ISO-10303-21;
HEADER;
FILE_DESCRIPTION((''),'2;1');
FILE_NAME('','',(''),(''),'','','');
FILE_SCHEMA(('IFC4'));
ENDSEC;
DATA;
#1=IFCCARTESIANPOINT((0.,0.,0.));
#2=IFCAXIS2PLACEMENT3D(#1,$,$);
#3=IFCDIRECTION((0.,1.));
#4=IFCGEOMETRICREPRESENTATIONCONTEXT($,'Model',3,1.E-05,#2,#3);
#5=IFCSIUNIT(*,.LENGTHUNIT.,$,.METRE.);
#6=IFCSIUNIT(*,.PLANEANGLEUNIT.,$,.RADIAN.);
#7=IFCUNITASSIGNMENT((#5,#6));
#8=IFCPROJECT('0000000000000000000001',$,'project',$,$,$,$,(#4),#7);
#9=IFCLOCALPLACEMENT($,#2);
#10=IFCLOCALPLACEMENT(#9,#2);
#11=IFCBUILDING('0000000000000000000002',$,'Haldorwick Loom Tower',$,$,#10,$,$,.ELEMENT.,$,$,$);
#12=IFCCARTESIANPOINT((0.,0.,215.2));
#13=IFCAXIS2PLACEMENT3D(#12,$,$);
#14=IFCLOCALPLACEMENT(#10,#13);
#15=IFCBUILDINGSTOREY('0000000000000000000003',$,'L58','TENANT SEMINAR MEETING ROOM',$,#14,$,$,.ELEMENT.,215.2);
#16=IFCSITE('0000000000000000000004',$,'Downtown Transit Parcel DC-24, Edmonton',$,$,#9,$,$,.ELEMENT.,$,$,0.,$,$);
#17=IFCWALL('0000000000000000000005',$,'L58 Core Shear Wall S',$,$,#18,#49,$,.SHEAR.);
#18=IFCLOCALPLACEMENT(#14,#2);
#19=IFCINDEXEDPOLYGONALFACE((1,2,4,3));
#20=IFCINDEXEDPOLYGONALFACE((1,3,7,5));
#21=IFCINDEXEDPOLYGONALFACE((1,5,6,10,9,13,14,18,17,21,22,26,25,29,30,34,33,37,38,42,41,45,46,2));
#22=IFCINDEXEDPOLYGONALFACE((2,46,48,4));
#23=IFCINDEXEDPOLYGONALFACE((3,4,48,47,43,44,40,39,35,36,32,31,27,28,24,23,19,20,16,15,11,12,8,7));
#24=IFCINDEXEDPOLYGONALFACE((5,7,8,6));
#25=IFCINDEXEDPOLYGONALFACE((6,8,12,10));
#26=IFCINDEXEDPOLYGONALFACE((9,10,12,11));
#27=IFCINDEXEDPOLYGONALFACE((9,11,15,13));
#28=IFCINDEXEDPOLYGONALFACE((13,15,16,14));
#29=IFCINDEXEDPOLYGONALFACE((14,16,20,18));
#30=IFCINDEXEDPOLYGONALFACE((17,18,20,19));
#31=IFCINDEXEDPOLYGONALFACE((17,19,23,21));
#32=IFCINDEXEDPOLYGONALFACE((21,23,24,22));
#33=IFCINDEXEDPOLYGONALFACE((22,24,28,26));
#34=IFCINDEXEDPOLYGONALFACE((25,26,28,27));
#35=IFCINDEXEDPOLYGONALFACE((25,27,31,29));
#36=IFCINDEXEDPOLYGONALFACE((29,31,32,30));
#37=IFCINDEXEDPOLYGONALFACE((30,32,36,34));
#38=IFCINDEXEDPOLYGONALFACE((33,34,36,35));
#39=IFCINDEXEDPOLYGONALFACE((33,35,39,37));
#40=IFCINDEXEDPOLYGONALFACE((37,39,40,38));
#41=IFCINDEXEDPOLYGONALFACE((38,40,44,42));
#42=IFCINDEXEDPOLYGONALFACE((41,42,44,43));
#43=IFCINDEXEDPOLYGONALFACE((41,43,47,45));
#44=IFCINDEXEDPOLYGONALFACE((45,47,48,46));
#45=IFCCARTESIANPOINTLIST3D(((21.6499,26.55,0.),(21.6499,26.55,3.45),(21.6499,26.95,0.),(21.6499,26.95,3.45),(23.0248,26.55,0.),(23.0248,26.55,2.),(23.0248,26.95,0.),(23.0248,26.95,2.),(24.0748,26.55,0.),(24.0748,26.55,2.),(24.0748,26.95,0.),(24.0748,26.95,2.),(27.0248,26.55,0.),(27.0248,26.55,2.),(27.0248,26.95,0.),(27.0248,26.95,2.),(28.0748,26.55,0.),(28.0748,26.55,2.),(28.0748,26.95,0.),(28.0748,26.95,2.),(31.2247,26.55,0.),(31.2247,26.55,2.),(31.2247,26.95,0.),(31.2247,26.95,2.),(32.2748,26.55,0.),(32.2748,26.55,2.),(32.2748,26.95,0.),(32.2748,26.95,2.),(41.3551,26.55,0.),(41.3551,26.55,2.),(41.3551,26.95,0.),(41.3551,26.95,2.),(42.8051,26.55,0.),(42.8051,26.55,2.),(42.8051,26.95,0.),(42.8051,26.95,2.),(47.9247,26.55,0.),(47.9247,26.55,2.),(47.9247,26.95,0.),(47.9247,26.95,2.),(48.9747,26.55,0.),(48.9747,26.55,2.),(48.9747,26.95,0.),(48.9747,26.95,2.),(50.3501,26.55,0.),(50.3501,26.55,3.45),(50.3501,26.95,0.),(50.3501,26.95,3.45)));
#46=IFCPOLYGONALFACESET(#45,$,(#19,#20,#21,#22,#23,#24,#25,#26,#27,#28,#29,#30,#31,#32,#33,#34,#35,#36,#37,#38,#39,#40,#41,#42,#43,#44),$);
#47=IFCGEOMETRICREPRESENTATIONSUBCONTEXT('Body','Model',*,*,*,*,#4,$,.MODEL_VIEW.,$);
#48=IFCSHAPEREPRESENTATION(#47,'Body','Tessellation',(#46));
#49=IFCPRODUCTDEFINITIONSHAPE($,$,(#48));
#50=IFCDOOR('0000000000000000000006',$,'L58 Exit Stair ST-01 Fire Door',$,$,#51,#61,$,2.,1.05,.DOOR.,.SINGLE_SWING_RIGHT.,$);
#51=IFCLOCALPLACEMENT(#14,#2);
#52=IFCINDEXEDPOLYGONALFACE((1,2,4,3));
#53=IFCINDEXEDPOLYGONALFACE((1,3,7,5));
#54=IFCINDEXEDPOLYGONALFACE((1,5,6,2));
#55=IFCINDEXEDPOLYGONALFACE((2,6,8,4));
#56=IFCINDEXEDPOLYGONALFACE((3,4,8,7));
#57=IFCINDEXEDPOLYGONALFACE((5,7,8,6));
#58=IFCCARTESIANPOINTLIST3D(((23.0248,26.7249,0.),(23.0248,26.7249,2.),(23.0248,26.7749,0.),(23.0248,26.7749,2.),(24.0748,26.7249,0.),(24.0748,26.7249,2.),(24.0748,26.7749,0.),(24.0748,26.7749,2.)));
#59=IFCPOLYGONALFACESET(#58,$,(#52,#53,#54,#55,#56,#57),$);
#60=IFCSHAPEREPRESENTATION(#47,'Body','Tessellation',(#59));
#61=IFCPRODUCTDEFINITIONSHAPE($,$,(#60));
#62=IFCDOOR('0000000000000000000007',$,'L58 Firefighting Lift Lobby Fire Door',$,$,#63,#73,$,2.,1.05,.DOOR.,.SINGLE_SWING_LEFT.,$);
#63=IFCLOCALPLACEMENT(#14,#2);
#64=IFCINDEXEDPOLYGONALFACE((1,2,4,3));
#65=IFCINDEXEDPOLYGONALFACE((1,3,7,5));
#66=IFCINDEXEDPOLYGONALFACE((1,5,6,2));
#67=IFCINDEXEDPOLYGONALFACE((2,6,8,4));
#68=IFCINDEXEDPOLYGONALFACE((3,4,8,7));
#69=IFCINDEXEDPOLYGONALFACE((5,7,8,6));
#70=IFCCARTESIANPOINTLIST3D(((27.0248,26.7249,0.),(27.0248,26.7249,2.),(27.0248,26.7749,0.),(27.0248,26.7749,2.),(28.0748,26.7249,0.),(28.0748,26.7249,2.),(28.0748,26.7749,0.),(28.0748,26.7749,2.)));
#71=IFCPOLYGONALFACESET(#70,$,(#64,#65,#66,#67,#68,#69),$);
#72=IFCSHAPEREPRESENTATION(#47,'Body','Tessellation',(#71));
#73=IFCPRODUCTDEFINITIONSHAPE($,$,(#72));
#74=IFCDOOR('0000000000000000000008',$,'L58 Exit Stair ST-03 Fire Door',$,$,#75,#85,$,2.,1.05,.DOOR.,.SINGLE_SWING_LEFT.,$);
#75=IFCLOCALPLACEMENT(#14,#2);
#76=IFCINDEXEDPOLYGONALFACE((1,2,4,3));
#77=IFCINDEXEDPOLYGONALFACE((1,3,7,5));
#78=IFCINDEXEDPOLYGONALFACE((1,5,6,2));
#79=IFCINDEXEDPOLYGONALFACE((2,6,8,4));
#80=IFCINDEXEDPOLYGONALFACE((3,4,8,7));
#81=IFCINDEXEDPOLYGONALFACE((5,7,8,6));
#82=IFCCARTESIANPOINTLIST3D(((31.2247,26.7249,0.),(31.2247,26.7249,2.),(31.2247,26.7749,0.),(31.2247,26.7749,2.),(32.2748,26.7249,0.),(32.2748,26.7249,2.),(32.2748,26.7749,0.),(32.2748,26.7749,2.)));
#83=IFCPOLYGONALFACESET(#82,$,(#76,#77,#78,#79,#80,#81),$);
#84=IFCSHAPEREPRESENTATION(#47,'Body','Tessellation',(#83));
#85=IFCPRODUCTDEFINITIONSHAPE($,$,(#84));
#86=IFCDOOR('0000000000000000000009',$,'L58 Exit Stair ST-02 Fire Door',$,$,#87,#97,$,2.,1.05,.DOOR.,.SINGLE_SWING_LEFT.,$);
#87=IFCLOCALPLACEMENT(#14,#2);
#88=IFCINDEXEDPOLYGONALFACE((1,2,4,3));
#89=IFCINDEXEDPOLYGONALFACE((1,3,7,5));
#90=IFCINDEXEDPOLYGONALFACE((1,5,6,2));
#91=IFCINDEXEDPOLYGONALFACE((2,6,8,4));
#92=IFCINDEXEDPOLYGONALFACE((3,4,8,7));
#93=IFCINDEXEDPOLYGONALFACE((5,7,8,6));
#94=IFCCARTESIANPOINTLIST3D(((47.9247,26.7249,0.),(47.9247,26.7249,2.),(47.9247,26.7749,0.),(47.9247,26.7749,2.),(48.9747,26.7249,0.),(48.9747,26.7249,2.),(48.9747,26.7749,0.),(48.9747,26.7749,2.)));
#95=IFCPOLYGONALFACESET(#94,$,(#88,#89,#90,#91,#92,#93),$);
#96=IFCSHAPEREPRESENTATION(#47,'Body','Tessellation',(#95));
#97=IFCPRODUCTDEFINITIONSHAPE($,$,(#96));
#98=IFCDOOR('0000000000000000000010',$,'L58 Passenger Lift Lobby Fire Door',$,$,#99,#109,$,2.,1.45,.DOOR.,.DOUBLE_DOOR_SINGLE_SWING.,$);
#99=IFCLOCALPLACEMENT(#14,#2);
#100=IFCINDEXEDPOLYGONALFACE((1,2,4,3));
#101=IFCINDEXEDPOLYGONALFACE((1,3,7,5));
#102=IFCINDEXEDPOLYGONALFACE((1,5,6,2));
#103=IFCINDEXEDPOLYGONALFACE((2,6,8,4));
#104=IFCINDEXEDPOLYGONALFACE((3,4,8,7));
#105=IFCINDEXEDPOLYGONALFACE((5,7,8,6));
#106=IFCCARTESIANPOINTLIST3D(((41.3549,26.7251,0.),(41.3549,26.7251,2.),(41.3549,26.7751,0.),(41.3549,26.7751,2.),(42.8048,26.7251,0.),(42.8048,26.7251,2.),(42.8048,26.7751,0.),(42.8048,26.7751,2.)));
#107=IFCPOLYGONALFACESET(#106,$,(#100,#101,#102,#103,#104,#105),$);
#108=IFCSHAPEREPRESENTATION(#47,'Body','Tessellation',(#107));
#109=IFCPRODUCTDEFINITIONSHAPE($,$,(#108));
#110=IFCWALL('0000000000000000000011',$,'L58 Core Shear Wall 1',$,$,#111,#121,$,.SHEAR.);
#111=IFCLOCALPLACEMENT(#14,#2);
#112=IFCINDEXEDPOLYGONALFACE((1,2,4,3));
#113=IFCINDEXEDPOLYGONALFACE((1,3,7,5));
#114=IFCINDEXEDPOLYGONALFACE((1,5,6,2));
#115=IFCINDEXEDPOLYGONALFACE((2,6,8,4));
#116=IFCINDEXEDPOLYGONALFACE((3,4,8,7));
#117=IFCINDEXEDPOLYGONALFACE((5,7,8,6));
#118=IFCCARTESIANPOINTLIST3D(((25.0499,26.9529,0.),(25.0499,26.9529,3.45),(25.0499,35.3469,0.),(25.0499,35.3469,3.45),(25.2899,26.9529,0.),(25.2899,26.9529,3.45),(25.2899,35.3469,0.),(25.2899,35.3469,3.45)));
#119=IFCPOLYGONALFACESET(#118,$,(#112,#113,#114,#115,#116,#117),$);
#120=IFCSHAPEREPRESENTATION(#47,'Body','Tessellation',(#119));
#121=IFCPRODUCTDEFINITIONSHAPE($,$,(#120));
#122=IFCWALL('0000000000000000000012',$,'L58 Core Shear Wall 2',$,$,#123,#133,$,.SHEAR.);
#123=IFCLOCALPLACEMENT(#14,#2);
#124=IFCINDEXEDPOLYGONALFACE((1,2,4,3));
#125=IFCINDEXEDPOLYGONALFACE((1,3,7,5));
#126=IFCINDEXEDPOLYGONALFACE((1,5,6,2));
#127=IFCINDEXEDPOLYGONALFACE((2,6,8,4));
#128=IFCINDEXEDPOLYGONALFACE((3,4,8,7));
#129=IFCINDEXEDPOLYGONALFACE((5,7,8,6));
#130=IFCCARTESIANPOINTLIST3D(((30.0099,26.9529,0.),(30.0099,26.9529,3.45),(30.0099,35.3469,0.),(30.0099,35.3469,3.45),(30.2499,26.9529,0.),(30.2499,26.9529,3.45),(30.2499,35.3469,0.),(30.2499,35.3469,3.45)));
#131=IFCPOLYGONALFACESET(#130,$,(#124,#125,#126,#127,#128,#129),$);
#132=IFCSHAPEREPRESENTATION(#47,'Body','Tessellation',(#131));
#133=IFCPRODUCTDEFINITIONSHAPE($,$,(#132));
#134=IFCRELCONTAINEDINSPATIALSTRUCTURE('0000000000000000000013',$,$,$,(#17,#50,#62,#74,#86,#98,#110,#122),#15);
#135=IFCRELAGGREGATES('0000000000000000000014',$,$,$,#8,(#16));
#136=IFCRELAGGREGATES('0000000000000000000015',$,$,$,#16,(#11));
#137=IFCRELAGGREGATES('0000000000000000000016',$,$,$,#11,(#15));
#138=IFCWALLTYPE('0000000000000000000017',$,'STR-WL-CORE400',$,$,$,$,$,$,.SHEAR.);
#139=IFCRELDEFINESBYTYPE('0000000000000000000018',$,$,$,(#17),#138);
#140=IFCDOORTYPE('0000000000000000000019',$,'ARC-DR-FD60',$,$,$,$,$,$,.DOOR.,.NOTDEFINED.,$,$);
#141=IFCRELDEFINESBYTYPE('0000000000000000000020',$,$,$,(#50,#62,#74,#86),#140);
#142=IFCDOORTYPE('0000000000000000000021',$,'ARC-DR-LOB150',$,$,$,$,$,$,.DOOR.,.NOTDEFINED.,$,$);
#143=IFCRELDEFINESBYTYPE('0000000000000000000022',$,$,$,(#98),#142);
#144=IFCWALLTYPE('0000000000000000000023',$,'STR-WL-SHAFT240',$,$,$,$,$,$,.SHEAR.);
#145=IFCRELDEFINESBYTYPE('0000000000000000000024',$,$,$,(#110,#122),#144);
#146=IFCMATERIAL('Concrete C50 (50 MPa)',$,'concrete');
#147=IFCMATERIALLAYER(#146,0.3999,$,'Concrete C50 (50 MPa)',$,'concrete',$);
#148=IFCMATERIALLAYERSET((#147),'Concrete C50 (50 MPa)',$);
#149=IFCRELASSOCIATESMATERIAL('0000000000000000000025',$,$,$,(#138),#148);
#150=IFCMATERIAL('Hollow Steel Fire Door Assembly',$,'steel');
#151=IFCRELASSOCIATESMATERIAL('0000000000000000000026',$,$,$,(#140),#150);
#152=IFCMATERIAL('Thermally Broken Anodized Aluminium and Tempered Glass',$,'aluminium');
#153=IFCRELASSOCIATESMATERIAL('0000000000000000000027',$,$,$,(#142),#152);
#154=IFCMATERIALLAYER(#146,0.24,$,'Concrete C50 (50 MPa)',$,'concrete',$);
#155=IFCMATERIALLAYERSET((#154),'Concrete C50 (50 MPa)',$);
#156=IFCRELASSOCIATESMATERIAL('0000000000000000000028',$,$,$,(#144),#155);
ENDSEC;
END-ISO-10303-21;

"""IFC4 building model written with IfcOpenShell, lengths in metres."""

from ifc_helpers import new_model, si_unit, direction, frame, frame_2d, origin, place, context, subcontext, project, spatial, rectangle, extrude, material, layer, layer_set, type_object, element, fill, save


model = new_model("IFC4")

# Units and contexts
model_context = context("Model", 3, precision=1e-05, world=origin(), true_north=direction((0.0, 1.0)))
body_context = subcontext(model_context, "Body", "Model", "MODEL_VIEW")
ifc_project = project(units=[si_unit("LENGTHUNIT", "METRE"), si_unit("PLANEANGLEUNIT", "RADIAN")], contexts=[model_context])

# Site, building, storey
site_placement = place(None, origin())
site = spatial("IfcSite", under=ifc_project, at=site_placement, Name="Downtown Transit Parcel DC-24, Edmonton", CompositionType="ELEMENT", RefElevation=0.0)
building_placement = place(site_placement, origin())
building = spatial("IfcBuilding", under=site, at=building_placement, Name="Haldorwick Loom Tower", CompositionType="ELEMENT")
storey_placement = place(building_placement, frame((0.0, 0.0, 215.2)))
storey = spatial("IfcBuildingStorey", under=building, at=storey_placement, Name="L58", Description="TENANT SEMINAR MEETING ROOM", CompositionType="ELEMENT", Elevation=215.2)

# Shared definitions
ifc_material_1 = material(Name="Concrete C50 (50 MPa)", Category="concrete")

# Shared definitions
ifc_material_2 = material(Name="Hollow Steel Fire Door Assembly", Category="steel")

# Wall, openings, doors
ifc_layer_1 = layer(ifc_material_1, 0.3999, Name="Concrete C50 (50 MPa)", Category="concrete")
ifc_layer_set_1 = layer_set([ifc_layer_1], Name="Concrete C50 (50 MPa)")
wall_type_1 = type_object("IfcWallType", Name="STR-WL-CORE400", PredefinedType="SHEAR", material=ifc_layer_set_1)
wall_1_placement = place(storey_placement, frame((21.6499, 26.75, 0.0), z_axis=(0.0, 0.0, 1.0), x_axis=(1.0, 0.0, 0.0)))
wall_1 = element("IfcWall", 1, at=wall_1_placement, inside=storey, type_object=wall_type_1, Name="L58 Core Shear Wall S", PredefinedType="SHEAR", context=body_context, shape_type="SweptSolid", body=[
    extrude(rectangle(XDim=28.7002, YDim=0.3999, at=frame_2d((14.3501, 0.0))), origin(), (0.0, 0.0, 1.0), 3.45),
])
opening_1_placement = place(wall_1_placement, frame((1.375, 0.0, 0.0)))
opening_1 = element("IfcOpeningElement", 2, at=opening_1_placement, cuts=wall_1, PredefinedType="OPENING", context=body_context, shape_type="SweptSolid", body=[
    extrude(rectangle(XDim=1.05, YDim=2.0, at=frame_2d((0.5249, 1.0))), frame((0.0, 0.21, 0.0), z_axis=(0.0, -1.0, 0.0), x_axis=(1.0, 0.0, 0.0)), (0.0, 0.0, 1.0), 0.4199),
])
opening_2_placement = place(wall_1_placement, frame((5.375, 0.0, 0.0)))
opening_2 = element("IfcOpeningElement", 3, at=opening_2_placement, cuts=wall_1, PredefinedType="OPENING", context=body_context, shape_type="SweptSolid", body=[
    extrude(rectangle(XDim=1.05, YDim=2.0, at=frame_2d((0.5249, 1.0))), frame((0.0, 0.21, 0.0), z_axis=(0.0, -1.0, 0.0), x_axis=(1.0, 0.0, 0.0)), (0.0, 0.0, 1.0), 0.4199),
])
opening_3_placement = place(wall_1_placement, frame((9.575, 0.0, 0.0)))
opening_3 = element("IfcOpeningElement", 4, at=opening_3_placement, cuts=wall_1, PredefinedType="OPENING", context=body_context, shape_type="SweptSolid", body=[
    extrude(rectangle(XDim=1.05, YDim=2.0, at=frame_2d((0.5249, 1.0))), frame((0.0, 0.21, 0.0), z_axis=(0.0, -1.0, 0.0), x_axis=(1.0, 0.0, 0.0)), (0.0, 0.0, 1.0), 0.4199),
])
opening_4_placement = place(wall_1_placement, frame((19.7051, 0.0, 0.0)))
opening_4 = element("IfcOpeningElement", 5, at=opening_4_placement, cuts=wall_1, PredefinedType="OPENING", context=body_context, shape_type="SweptSolid", body=[
    extrude(rectangle(XDim=1.45, YDim=2.0, at=frame_2d((0.7251, 1.0))), frame((0.0, 0.21, 0.0), z_axis=(0.0, -1.0, 0.0), x_axis=(1.0, 0.0, 0.0)), (0.0, 0.0, 1.0), 0.4199),
])
opening_5_placement = place(wall_1_placement, frame((26.2749, 0.0, 0.0)))
opening_5 = element("IfcOpeningElement", 6, at=opening_5_placement, cuts=wall_1, PredefinedType="OPENING", context=body_context, shape_type="SweptSolid", body=[
    extrude(rectangle(XDim=1.05, YDim=2.0, at=frame_2d((0.5249, 1.0))), frame((0.0, 0.21, 0.0), z_axis=(0.0, -1.0, 0.0), x_axis=(1.0, 0.0, 0.0)), (0.0, 0.0, 1.0), 0.4199),
])
door_type_1 = type_object("IfcDoorType", Name="ARC-DR-FD60", OperationType="NOTDEFINED", PredefinedType="DOOR", material=ifc_material_2)
door_1_placement = place(opening_1_placement, origin())
door_1 = element("IfcDoor", 7, at=door_1_placement, inside=storey, type_object=door_type_1, Name="L58 Exit Stair ST-01 Fire Door", OperationType="SINGLE_SWING_RIGHT", OverallHeight=2.0, OverallWidth=1.05, PredefinedType="DOOR", context=body_context, shape_type="SweptSolid", body=[
    extrude(rectangle(XDim=1.05, YDim=2.0, at=frame_2d((0.5249, 1.0))), frame((0.0, 0.0249, 0.0), z_axis=(0.0, -1.0, 0.0), x_axis=(1.0, 0.0, 0.0)), (0.0, 0.0, 1.0), 0.05),
])
fill(opening_1, door_1)
door_2_placement = place(opening_2_placement, origin())
door_2 = element("IfcDoor", 8, at=door_2_placement, inside=storey, type_object=door_type_1, Name="L58 Firefighting Lift Lobby Fire Door", OperationType="SINGLE_SWING_LEFT", OverallHeight=2.0, OverallWidth=1.05, PredefinedType="DOOR", context=body_context, shape_type="SweptSolid", body=[
    extrude(rectangle(XDim=1.05, YDim=2.0, at=frame_2d((0.5249, 1.0))), frame((0.0, 0.0249, 0.0), z_axis=(0.0, -1.0, 0.0), x_axis=(1.0, 0.0, 0.0)), (0.0, 0.0, 1.0), 0.05),
])
fill(opening_2, door_2)
door_3_placement = place(opening_3_placement, origin())
door_3 = element("IfcDoor", 9, at=door_3_placement, inside=storey, type_object=door_type_1, Name="L58 Exit Stair ST-03 Fire Door", OperationType="SINGLE_SWING_LEFT", OverallHeight=2.0, OverallWidth=1.05, PredefinedType="DOOR", context=body_context, shape_type="SweptSolid", body=[
    extrude(rectangle(XDim=1.05, YDim=2.0, at=frame_2d((0.5249, 1.0))), frame((0.0, 0.0249, 0.0), z_axis=(0.0, -1.0, 0.0), x_axis=(1.0, 0.0, 0.0)), (0.0, 0.0, 1.0), 0.05),
])
fill(opening_3, door_3)
door_4_placement = place(opening_5_placement, origin())
door_4 = element("IfcDoor", 10, at=door_4_placement, inside=storey, type_object=door_type_1, Name="L58 Exit Stair ST-02 Fire Door", OperationType="SINGLE_SWING_LEFT", OverallHeight=2.0, OverallWidth=1.05, PredefinedType="DOOR", context=body_context, shape_type="SweptSolid", body=[
    extrude(rectangle(XDim=1.05, YDim=2.0, at=frame_2d((0.5249, 1.0))), frame((0.0, 0.0249, 0.0), z_axis=(0.0, -1.0, 0.0), x_axis=(1.0, 0.0, 0.0)), (0.0, 0.0, 1.0), 0.05),
])
fill(opening_5, door_4)
ifc_material_3 = material(Name="Thermally Broken Anodized Aluminium and Tempered Glass", Category="aluminium")
door_type_2 = type_object("IfcDoorType", Name="ARC-DR-LOB150", OperationType="NOTDEFINED", PredefinedType="DOOR", material=ifc_material_3)
door_5_placement = place(opening_4_placement, frame((1.45, 0.0, 0.0), z_axis=(0.0, 0.0, 1.0), x_axis=(-1.0, 0.0, 0.0)))
door_5 = element("IfcDoor", 11, at=door_5_placement, inside=storey, type_object=door_type_2, Name="L58 Passenger Lift Lobby Fire Door", OperationType="DOUBLE_DOOR_SINGLE_SWING", OverallHeight=2.0, OverallWidth=1.45, PredefinedType="DOOR", context=body_context, shape_type="SweptSolid", body=[
    extrude(rectangle(XDim=1.45, YDim=2.0, at=frame_2d((0.7251, 1.0))), frame((0.0, 0.0249, 0.0), z_axis=(0.0, -1.0, 0.0), x_axis=(1.0, 0.0, 0.0)), (0.0, 0.0, 1.0), 0.05),
])
fill(opening_4, door_5)

# Walls
ifc_layer_2 = layer(ifc_material_1, 0.24, Name="Concrete C50 (50 MPa)", Category="concrete")
ifc_layer_set_2 = layer_set([ifc_layer_2], Name="Concrete C50 (50 MPa)")
wall_type_2 = type_object("IfcWallType", Name="STR-WL-SHAFT240", PredefinedType="SHEAR", material=ifc_layer_set_2)
for number, where, z_axis, x_axis, name in (
    (12, (25.1699, 26.9529, 0.0), (0.0, 0.0, 1.0), (0.0, 1.0, 0.0), "L58 Core Shear Wall 1"),
    (13, (30.1299, 26.9529, 0.0), (0.0, 0.0, 1.0), (0.0, 1.0, 0.0), "L58 Core Shear Wall 2"),
):
    element("IfcWall", number, at=place(storey_placement, frame(where, z_axis=z_axis, x_axis=x_axis)), inside=storey, type_object=wall_type_2, Name=name, PredefinedType="SHEAR", context=body_context, shape_type="SweptSolid", body=[
        extrude(rectangle(XDim=8.394, YDim=0.24, at=frame_2d((4.197, 0.0))), origin(), (0.0, 0.0, 1.0), 3.45),
    ])

save(model, "model.ifc")
